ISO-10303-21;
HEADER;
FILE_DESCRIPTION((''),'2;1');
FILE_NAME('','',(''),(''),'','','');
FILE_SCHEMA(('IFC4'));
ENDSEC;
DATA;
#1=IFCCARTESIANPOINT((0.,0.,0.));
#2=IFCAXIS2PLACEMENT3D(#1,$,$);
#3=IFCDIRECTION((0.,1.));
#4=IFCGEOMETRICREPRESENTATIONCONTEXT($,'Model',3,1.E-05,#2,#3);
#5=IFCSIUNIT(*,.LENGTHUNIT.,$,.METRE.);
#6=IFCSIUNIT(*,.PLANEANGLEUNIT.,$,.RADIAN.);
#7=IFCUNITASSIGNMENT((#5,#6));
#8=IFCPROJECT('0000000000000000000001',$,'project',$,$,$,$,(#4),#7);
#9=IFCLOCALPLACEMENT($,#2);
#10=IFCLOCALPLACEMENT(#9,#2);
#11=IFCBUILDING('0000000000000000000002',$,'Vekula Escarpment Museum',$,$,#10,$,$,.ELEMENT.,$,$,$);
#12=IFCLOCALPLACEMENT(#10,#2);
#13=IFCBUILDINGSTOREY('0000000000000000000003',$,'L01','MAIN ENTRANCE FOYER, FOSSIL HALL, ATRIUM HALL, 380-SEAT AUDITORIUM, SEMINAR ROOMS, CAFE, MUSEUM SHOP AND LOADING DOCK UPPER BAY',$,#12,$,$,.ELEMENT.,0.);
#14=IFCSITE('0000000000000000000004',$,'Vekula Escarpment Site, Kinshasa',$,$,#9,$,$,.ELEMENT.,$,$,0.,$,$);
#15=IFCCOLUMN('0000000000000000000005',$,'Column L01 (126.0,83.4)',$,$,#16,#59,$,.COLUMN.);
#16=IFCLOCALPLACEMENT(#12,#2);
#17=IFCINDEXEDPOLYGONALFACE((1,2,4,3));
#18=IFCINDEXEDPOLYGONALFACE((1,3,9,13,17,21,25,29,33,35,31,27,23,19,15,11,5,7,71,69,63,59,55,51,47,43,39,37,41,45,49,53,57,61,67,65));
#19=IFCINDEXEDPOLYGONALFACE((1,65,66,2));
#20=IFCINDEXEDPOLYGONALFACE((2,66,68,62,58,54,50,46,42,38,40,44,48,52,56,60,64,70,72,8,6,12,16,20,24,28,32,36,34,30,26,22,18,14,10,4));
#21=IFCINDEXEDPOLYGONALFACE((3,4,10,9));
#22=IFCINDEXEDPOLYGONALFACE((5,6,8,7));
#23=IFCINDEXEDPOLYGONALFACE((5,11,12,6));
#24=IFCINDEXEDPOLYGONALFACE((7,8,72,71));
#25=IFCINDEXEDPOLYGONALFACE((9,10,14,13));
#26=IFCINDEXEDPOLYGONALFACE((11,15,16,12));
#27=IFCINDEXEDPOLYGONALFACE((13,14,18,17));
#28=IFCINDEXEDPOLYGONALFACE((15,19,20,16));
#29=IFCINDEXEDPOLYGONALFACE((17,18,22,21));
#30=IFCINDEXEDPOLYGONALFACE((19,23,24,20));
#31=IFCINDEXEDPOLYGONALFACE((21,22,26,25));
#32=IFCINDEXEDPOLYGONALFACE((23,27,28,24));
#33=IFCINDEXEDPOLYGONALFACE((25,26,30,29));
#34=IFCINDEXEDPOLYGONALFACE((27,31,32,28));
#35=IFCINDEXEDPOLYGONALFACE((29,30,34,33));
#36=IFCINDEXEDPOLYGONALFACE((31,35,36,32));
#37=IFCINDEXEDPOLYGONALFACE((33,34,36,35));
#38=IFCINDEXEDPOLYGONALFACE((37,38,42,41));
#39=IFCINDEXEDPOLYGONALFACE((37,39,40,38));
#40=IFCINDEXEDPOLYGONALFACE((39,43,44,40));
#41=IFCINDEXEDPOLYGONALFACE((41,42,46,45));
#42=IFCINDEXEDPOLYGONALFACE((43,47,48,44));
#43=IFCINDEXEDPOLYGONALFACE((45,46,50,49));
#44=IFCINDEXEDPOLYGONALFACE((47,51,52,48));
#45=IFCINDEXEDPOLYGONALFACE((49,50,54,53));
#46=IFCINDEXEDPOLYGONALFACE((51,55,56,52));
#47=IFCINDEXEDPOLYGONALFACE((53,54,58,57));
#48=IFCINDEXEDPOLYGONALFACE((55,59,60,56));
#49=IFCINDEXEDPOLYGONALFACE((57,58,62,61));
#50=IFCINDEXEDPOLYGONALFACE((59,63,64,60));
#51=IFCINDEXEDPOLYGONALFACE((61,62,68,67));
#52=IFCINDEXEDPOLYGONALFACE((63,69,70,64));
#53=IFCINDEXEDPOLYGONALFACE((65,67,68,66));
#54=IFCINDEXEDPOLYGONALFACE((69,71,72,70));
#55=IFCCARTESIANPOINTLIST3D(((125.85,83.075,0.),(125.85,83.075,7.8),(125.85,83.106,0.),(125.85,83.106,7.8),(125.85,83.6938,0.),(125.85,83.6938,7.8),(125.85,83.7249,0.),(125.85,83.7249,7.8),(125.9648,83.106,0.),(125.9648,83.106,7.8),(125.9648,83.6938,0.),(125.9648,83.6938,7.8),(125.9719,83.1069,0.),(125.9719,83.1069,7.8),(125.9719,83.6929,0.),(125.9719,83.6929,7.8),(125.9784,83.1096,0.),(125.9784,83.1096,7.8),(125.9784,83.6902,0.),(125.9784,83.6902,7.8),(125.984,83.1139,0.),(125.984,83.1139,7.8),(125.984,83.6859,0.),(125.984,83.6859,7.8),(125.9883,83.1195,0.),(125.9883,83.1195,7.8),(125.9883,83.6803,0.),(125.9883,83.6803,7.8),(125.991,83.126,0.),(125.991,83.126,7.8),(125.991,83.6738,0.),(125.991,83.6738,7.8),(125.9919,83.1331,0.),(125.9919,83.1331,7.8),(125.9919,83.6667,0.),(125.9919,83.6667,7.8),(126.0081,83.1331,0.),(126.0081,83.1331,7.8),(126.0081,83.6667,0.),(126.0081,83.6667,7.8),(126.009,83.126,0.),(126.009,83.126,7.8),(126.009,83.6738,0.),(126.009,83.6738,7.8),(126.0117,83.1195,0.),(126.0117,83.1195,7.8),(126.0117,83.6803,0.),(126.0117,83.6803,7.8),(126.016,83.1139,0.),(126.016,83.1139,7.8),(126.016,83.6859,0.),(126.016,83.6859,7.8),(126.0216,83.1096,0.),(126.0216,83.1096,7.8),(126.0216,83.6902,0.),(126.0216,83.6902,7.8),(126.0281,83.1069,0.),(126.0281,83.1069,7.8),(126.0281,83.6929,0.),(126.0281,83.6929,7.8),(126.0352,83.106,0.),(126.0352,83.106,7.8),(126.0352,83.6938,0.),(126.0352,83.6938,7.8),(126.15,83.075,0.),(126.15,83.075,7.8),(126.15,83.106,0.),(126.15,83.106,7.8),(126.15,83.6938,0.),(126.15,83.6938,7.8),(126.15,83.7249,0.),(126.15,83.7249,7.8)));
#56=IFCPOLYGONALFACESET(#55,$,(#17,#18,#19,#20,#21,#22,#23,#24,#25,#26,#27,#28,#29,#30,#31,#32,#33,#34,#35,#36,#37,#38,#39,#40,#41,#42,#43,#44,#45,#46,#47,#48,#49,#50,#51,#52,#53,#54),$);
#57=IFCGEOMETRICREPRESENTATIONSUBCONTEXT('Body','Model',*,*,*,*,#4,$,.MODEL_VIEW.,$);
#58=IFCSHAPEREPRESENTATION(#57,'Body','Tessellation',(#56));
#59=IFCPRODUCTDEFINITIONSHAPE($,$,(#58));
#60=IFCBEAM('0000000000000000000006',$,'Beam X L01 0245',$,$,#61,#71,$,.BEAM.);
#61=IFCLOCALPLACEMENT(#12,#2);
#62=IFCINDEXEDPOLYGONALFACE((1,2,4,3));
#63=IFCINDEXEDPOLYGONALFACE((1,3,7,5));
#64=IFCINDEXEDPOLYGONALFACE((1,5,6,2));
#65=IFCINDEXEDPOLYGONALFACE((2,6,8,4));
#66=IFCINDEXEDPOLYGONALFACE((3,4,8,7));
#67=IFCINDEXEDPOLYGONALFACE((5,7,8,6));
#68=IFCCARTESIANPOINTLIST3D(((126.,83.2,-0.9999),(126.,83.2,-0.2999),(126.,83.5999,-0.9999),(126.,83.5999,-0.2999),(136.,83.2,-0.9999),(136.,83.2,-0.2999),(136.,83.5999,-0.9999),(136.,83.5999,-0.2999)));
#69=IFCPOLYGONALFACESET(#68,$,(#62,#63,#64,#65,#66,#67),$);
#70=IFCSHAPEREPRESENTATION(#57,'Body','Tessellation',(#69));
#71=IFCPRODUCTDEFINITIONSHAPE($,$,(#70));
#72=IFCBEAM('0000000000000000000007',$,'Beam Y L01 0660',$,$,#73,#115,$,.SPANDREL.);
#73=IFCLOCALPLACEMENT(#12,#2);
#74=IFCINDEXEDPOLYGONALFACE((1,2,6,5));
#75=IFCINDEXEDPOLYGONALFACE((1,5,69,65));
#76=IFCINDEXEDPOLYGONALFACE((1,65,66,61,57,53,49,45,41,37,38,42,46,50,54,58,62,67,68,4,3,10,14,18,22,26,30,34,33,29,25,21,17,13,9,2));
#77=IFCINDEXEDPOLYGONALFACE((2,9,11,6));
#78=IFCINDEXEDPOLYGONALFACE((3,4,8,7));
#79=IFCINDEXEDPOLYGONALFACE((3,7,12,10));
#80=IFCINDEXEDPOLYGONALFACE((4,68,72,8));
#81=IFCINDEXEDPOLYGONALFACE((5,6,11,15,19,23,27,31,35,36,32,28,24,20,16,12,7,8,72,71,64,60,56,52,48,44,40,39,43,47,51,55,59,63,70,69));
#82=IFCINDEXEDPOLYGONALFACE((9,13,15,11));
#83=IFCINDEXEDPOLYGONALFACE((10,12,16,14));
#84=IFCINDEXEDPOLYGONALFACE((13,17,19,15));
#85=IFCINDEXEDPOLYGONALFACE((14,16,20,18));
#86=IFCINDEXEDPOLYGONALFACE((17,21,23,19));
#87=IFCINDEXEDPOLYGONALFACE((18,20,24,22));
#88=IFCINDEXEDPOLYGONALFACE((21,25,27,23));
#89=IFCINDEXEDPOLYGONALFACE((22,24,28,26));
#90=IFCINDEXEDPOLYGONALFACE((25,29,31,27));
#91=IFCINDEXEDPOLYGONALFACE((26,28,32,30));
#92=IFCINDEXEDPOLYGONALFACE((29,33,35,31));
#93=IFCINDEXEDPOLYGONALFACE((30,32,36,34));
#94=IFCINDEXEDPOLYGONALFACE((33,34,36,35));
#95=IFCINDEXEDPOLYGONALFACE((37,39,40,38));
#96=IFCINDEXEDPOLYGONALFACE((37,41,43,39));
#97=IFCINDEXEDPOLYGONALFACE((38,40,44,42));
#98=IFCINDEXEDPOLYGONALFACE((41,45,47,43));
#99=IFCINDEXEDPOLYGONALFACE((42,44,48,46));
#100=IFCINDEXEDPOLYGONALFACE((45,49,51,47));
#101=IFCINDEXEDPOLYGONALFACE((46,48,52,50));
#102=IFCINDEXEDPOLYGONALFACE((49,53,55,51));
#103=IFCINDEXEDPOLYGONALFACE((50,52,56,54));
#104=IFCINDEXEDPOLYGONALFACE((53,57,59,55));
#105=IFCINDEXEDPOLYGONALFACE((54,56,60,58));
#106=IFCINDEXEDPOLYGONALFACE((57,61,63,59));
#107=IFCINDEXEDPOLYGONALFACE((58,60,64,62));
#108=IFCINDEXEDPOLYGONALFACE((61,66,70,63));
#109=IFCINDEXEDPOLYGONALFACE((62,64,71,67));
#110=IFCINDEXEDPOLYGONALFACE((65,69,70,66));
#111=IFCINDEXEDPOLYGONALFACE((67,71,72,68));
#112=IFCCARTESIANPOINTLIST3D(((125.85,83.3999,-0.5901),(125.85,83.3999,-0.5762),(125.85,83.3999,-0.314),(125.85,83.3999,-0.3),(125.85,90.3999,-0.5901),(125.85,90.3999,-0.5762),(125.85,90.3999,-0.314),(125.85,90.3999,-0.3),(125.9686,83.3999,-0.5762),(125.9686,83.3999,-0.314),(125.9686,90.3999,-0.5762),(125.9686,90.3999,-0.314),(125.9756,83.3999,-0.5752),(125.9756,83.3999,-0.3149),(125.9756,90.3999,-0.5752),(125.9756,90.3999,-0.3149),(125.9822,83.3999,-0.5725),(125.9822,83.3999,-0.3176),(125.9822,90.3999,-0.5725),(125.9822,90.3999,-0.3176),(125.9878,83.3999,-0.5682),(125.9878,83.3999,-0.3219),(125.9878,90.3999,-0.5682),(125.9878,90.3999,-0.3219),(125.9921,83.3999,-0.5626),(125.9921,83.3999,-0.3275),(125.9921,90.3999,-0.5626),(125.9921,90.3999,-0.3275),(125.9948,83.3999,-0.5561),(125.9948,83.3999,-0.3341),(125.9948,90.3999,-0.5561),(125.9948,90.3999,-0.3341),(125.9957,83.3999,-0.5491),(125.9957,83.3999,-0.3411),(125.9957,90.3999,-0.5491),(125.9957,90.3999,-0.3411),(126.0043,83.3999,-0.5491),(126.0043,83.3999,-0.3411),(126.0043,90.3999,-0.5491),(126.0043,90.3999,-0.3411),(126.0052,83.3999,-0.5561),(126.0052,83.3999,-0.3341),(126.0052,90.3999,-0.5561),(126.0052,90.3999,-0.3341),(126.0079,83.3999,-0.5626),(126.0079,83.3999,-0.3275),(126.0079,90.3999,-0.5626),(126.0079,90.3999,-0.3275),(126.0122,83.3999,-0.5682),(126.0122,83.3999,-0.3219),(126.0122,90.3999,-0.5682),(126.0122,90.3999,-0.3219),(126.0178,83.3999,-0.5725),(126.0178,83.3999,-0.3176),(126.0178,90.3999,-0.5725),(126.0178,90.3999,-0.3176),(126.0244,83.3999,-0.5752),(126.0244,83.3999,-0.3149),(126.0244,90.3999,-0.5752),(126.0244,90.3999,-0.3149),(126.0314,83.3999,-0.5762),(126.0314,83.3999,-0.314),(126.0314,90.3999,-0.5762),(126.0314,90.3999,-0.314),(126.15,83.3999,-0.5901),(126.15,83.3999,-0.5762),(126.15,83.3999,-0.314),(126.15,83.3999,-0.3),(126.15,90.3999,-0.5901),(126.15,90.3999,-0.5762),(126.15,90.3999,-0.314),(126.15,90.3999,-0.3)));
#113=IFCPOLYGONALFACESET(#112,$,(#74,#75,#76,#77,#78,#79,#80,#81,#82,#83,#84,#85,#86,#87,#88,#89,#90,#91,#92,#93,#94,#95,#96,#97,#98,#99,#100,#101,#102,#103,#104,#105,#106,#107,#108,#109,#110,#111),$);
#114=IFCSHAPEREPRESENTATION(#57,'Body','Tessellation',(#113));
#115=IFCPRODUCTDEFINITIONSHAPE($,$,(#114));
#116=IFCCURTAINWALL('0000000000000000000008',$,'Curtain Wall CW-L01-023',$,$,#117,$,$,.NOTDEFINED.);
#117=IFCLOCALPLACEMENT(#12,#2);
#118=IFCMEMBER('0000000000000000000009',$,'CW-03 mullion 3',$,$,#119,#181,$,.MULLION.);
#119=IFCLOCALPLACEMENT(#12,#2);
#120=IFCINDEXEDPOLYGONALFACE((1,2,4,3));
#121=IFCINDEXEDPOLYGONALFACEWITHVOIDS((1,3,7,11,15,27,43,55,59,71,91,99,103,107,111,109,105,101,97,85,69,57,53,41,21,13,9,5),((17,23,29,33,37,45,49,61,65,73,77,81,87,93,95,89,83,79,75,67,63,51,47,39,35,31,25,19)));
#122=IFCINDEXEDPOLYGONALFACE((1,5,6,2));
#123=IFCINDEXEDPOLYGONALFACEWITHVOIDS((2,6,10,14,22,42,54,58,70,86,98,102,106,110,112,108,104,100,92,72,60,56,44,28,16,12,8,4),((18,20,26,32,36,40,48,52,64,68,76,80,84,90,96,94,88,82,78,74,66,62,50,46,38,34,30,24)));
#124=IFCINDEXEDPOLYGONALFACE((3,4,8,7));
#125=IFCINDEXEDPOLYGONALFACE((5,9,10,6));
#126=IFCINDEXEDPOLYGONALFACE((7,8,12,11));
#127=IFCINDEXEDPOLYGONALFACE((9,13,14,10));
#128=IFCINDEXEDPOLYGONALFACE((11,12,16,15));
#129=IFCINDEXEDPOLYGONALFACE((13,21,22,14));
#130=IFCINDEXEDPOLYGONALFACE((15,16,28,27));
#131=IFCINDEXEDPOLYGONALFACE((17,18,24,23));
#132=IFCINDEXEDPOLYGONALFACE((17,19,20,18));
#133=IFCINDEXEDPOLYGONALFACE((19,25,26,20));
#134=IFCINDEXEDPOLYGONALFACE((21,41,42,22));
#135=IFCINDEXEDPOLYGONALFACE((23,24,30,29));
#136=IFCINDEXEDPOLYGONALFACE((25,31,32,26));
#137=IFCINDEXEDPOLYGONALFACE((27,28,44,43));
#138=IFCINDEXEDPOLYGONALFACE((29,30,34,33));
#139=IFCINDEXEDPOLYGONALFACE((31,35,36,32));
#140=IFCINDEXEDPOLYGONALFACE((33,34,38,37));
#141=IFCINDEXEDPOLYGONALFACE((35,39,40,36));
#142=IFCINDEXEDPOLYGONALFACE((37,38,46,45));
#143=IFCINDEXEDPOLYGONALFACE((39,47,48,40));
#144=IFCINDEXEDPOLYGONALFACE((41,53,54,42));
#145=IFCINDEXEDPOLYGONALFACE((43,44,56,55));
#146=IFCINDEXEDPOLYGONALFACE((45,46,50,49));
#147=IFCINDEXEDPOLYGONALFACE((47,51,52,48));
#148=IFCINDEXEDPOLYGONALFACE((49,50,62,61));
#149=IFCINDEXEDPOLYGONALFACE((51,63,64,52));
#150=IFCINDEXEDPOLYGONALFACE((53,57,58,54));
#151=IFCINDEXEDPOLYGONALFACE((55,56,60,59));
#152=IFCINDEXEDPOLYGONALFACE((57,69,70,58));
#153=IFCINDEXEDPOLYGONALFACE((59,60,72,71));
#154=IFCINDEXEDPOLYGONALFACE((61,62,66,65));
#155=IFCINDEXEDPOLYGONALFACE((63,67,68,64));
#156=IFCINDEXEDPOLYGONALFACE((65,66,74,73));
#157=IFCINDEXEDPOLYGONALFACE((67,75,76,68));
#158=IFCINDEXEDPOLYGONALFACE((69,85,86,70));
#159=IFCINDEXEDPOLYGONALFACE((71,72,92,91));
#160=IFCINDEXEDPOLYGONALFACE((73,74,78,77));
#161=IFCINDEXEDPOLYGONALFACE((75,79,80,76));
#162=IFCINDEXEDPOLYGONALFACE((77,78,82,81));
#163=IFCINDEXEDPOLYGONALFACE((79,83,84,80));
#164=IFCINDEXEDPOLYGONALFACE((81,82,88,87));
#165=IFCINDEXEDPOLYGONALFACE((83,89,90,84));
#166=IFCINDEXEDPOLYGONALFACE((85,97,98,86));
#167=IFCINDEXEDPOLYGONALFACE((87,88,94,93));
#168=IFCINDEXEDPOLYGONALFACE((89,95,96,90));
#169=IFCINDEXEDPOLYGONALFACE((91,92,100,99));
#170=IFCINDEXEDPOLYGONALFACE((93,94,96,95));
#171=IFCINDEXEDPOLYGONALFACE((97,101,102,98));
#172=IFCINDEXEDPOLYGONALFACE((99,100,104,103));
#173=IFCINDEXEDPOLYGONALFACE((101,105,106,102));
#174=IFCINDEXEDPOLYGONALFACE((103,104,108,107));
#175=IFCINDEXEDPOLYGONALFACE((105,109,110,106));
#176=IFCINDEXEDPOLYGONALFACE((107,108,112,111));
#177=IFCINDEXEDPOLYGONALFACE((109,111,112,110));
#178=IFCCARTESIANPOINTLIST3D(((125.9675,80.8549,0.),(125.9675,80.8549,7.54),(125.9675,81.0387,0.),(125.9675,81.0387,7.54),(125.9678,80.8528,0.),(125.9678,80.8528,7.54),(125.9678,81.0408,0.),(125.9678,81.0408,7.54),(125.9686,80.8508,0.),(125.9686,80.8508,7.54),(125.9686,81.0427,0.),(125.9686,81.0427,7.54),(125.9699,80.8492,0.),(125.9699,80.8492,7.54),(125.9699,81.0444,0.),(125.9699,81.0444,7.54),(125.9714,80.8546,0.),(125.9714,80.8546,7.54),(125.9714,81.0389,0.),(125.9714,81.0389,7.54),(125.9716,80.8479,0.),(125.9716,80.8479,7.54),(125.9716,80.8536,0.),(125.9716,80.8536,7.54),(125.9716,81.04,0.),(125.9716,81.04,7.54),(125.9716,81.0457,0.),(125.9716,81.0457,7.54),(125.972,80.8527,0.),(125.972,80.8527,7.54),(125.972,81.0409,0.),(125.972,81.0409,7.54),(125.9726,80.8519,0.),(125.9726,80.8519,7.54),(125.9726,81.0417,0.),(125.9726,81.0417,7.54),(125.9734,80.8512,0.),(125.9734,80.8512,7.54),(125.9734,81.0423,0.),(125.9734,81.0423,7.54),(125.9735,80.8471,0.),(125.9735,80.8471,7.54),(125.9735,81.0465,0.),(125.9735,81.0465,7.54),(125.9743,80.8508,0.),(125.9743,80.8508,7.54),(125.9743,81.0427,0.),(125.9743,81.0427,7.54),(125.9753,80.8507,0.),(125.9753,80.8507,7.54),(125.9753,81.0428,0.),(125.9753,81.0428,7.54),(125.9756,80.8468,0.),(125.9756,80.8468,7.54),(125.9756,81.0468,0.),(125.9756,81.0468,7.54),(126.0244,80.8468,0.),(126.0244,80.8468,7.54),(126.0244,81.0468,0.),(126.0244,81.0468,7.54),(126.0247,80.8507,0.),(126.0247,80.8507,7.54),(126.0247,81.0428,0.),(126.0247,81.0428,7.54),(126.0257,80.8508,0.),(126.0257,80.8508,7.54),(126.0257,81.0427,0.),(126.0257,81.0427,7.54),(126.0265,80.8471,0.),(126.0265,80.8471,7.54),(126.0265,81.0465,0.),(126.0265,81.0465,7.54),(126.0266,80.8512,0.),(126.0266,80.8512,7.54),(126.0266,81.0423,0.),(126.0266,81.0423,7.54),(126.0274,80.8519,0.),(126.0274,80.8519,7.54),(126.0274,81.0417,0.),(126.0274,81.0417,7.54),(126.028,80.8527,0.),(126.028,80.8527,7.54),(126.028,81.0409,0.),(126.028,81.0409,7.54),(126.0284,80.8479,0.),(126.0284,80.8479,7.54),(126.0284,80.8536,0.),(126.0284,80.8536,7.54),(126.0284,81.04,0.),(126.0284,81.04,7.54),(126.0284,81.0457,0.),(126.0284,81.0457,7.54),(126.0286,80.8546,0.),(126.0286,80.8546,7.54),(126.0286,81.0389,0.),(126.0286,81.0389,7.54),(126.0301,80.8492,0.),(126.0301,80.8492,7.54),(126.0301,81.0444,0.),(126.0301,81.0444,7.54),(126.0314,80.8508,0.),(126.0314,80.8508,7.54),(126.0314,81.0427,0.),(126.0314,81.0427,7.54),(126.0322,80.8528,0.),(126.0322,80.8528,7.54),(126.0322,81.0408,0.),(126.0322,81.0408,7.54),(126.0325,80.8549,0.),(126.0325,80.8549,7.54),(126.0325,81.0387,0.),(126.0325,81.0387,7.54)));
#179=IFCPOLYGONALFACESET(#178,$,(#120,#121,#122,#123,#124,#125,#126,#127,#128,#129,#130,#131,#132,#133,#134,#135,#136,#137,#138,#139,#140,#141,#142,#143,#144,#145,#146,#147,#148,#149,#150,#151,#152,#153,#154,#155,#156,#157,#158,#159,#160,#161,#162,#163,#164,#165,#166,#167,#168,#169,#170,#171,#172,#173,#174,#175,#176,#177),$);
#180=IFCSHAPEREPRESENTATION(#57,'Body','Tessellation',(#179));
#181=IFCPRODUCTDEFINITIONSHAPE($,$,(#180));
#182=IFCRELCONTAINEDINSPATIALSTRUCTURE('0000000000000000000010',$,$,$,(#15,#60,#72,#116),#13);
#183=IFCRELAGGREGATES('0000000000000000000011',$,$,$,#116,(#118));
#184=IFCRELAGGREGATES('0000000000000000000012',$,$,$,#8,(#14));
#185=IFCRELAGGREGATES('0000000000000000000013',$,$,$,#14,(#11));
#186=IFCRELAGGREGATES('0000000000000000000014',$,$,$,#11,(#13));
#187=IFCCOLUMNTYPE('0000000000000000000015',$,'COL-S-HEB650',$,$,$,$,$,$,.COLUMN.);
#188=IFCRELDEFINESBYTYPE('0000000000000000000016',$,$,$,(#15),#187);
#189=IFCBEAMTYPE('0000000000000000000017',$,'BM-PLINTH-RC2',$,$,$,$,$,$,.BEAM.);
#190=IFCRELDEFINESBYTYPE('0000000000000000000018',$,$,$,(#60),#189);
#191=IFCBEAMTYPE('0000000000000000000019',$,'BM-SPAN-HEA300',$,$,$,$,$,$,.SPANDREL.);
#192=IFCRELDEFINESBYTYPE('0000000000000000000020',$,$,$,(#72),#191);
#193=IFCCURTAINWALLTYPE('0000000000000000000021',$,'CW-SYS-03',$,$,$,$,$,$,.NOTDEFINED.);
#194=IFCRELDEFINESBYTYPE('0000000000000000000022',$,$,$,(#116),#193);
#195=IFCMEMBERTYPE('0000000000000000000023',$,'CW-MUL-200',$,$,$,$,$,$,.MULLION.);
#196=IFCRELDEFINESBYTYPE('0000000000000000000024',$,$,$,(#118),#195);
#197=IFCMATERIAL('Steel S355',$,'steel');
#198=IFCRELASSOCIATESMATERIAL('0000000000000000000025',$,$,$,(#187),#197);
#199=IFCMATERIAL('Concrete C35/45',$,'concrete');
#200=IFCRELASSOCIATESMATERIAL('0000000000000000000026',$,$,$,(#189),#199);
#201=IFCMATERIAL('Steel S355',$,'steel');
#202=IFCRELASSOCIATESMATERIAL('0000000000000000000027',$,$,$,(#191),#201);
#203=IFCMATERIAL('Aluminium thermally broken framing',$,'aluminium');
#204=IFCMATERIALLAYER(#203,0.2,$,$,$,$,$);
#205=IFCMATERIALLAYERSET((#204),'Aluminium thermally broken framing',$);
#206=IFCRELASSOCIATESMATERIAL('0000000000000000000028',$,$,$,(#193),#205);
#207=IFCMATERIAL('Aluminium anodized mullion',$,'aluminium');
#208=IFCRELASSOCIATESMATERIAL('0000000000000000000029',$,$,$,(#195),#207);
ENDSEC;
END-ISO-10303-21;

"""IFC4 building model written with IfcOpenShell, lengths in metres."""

from ifc_helpers import new_model, si_unit, direction, frame, origin, origin_2d, place, context, subcontext, project, spatial, rectangle, hollow_rectangle, i_section, extrude, material, layer, layer_set, material_profile, profile_set, type_object, element, aggregate, save


model = new_model("IFC4")

# Units and contexts
model_context = context("Model", 3, precision=1e-05, world=origin(), true_north=direction((0.0, 1.0)))
body_context = subcontext(model_context, "Body", "Model", "MODEL_VIEW")
ifc_project = project(units=[si_unit("LENGTHUNIT", "METRE"), si_unit("PLANEANGLEUNIT", "RADIAN")], contexts=[model_context])

# Site, building, storey
site_placement = place(None, origin())
site = spatial("IfcSite", under=ifc_project, at=site_placement, Name="Vekula Escarpment Site, Kinshasa", CompositionType="ELEMENT", RefElevation=0.0)
building_placement = place(site_placement, origin())
building = spatial("IfcBuilding", under=site, at=building_placement, Name="Vekula Escarpment Museum", CompositionType="ELEMENT")
storey_placement = place(building_placement, origin())
storey = spatial("IfcBuildingStorey", under=building, at=storey_placement, Name="L01", Description="MAIN ENTRANCE FOYER, FOSSIL HALL, ATRIUM HALL, 380-SEAT AUDITORIUM, SEMINAR ROOMS, CAFE, MUSEUM SHOP AND LOADING DOCK UPPER BAY", CompositionType="ELEMENT", Elevation=0.0)

# Column
ifc_material_1 = material(Name="Steel S355", Category="steel")
ifc_material_profile_1 = material_profile(ifc_material_1, i_section(OverallWidth=0.3, OverallDepth=0.6499, WebThickness=0.0161, FlangeThickness=0.031, FilletRadius=0.0271, at=origin_2d()), Name="HEB 650")
ifc_profile_set_1 = profile_set([ifc_material_profile_1], Name="Steel S355")
column_type = type_object("IfcColumnType", Name="COL-S-HEB650", PredefinedType="COLUMN", material=ifc_profile_set_1)
column_placement = place(storey_placement, frame((126.0, 83.3999, 0.0), z_axis=(0.0, 0.0, 1.0), x_axis=(1.0, 0.0, 0.0)))
element("IfcColumn", 1, at=column_placement, inside=storey, type_object=column_type, Name="Column L01 (126.0,83.4)", PredefinedType="COLUMN", context=body_context, shape_type="SweptSolid", body=[
    extrude(i_section(OverallWidth=0.3, OverallDepth=0.6499, WebThickness=0.0161, FlangeThickness=0.031, FilletRadius=0.0271, at=origin_2d()), origin(), (0.0, 0.0, 1.0), 7.8),
])

# Beams
ifc_material_2 = material(Name="Concrete C35/45", Category="concrete")
ifc_material_profile_2 = material_profile(ifc_material_2, rectangle(XDim=0.3999, YDim=0.7, at=origin_2d()), Name="RC 400x700")
ifc_profile_set_2 = profile_set([ifc_material_profile_2], Name="Concrete C35/45")
beam_type_1 = type_object("IfcBeamType", Name="BM-PLINTH-RC2", PredefinedType="BEAM", material=ifc_profile_set_2)
beam_1_placement = place(storey_placement, frame((126.0, 83.3999, -0.6499), z_axis=(1.0, 0.0, 0.0), x_axis=(0.0, 1.0, 0.0)))
element("IfcBeam", 2, at=beam_1_placement, inside=storey, type_object=beam_type_1, Name="Beam X L01 0245", PredefinedType="BEAM", context=body_context, shape_type="SweptSolid", body=[
    extrude(rectangle(XDim=0.3999, YDim=0.7, at=origin_2d()), origin(), (0.0, 0.0, 1.0), 10.0),
])
ifc_material_3 = material(Name="Steel S355", Category="steel")
ifc_material_profile_3 = material_profile(ifc_material_3, i_section(OverallWidth=0.3, OverallDepth=0.29, WebThickness=0.0085, FlangeThickness=0.0139, FilletRadius=0.0271, at=origin_2d()), Name="HEA 300")
ifc_profile_set_3 = profile_set([ifc_material_profile_3], Name="Steel S355")
beam_type_2 = type_object("IfcBeamType", Name="BM-SPAN-HEA300", PredefinedType="SPANDREL", material=ifc_profile_set_3)
beam_2_placement = place(storey_placement, frame((126.0, 83.3999, -0.4451), z_axis=(0.0, 1.0, 0.0), x_axis=(-1.0, 0.0, 0.0)))
element("IfcBeam", 3, at=beam_2_placement, inside=storey, type_object=beam_type_2, Name="Beam Y L01 0660", PredefinedType="SPANDREL", context=body_context, shape_type="SweptSolid", body=[
    extrude(i_section(OverallWidth=0.3, OverallDepth=0.29, WebThickness=0.0085, FlangeThickness=0.0139, FilletRadius=0.0271, at=origin_2d()), origin(), (0.0, 0.0, 1.0), 7.0),
])

# Curtain wall, member
ifc_material_4 = material(Name="Aluminium thermally broken framing", Category="aluminium")
ifc_layer_1 = layer(ifc_material_4, 0.2)
ifc_layer_set_1 = layer_set([ifc_layer_1], Name="Aluminium thermally broken framing")
curtain_wall_type_1 = type_object("IfcCurtainWallType", Name="CW-SYS-03", PredefinedType="NOTDEFINED", material=ifc_layer_set_1)
curtain_wall_1_placement = place(storey_placement, origin())
curtain_wall_1 = element("IfcCurtainWall", 4, at=curtain_wall_1_placement, inside=storey, type_object=curtain_wall_type_1, Name="Curtain Wall CW-L01-023", PredefinedType="NOTDEFINED")
ifc_material_5 = material(Name="Aluminium anodized mullion", Category="aluminium")
ifc_material_profile_4 = material_profile(ifc_material_5, hollow_rectangle(XDim=0.0649, YDim=0.2, WallThickness=0.0039, InnerFilletRadius=0.0039, OuterFilletRadius=0.0081, at=origin_2d()), Name="ALU 200x65x4")
ifc_profile_set_4 = profile_set([ifc_material_profile_4], Name="Aluminium anodized mullion")
member_type_1 = type_object("IfcMemberType", Name="CW-MUL-200", PredefinedType="MULLION", material=ifc_profile_set_4)
member_1_placement = place(storey_placement, frame((126.0, 80.9468, 0.0), z_axis=(0.0, 0.0, 1.0), x_axis=(-1.0, 0.0, 0.0)))
member_1 = element("IfcMember", 5, at=member_1_placement, type_object=member_type_1, Name="CW-03 mullion 3", PredefinedType="MULLION", context=body_context, shape_type="SweptSolid", body=[
    extrude(hollow_rectangle(XDim=0.0649, YDim=0.2, WallThickness=0.0039, InnerFilletRadius=0.0039, OuterFilletRadius=0.0081, at=origin_2d()), origin(), (0.0, 0.0, 1.0), 7.54),
])

aggregate(curtain_wall_1, [member_1])

save(model, "model.ifc")
